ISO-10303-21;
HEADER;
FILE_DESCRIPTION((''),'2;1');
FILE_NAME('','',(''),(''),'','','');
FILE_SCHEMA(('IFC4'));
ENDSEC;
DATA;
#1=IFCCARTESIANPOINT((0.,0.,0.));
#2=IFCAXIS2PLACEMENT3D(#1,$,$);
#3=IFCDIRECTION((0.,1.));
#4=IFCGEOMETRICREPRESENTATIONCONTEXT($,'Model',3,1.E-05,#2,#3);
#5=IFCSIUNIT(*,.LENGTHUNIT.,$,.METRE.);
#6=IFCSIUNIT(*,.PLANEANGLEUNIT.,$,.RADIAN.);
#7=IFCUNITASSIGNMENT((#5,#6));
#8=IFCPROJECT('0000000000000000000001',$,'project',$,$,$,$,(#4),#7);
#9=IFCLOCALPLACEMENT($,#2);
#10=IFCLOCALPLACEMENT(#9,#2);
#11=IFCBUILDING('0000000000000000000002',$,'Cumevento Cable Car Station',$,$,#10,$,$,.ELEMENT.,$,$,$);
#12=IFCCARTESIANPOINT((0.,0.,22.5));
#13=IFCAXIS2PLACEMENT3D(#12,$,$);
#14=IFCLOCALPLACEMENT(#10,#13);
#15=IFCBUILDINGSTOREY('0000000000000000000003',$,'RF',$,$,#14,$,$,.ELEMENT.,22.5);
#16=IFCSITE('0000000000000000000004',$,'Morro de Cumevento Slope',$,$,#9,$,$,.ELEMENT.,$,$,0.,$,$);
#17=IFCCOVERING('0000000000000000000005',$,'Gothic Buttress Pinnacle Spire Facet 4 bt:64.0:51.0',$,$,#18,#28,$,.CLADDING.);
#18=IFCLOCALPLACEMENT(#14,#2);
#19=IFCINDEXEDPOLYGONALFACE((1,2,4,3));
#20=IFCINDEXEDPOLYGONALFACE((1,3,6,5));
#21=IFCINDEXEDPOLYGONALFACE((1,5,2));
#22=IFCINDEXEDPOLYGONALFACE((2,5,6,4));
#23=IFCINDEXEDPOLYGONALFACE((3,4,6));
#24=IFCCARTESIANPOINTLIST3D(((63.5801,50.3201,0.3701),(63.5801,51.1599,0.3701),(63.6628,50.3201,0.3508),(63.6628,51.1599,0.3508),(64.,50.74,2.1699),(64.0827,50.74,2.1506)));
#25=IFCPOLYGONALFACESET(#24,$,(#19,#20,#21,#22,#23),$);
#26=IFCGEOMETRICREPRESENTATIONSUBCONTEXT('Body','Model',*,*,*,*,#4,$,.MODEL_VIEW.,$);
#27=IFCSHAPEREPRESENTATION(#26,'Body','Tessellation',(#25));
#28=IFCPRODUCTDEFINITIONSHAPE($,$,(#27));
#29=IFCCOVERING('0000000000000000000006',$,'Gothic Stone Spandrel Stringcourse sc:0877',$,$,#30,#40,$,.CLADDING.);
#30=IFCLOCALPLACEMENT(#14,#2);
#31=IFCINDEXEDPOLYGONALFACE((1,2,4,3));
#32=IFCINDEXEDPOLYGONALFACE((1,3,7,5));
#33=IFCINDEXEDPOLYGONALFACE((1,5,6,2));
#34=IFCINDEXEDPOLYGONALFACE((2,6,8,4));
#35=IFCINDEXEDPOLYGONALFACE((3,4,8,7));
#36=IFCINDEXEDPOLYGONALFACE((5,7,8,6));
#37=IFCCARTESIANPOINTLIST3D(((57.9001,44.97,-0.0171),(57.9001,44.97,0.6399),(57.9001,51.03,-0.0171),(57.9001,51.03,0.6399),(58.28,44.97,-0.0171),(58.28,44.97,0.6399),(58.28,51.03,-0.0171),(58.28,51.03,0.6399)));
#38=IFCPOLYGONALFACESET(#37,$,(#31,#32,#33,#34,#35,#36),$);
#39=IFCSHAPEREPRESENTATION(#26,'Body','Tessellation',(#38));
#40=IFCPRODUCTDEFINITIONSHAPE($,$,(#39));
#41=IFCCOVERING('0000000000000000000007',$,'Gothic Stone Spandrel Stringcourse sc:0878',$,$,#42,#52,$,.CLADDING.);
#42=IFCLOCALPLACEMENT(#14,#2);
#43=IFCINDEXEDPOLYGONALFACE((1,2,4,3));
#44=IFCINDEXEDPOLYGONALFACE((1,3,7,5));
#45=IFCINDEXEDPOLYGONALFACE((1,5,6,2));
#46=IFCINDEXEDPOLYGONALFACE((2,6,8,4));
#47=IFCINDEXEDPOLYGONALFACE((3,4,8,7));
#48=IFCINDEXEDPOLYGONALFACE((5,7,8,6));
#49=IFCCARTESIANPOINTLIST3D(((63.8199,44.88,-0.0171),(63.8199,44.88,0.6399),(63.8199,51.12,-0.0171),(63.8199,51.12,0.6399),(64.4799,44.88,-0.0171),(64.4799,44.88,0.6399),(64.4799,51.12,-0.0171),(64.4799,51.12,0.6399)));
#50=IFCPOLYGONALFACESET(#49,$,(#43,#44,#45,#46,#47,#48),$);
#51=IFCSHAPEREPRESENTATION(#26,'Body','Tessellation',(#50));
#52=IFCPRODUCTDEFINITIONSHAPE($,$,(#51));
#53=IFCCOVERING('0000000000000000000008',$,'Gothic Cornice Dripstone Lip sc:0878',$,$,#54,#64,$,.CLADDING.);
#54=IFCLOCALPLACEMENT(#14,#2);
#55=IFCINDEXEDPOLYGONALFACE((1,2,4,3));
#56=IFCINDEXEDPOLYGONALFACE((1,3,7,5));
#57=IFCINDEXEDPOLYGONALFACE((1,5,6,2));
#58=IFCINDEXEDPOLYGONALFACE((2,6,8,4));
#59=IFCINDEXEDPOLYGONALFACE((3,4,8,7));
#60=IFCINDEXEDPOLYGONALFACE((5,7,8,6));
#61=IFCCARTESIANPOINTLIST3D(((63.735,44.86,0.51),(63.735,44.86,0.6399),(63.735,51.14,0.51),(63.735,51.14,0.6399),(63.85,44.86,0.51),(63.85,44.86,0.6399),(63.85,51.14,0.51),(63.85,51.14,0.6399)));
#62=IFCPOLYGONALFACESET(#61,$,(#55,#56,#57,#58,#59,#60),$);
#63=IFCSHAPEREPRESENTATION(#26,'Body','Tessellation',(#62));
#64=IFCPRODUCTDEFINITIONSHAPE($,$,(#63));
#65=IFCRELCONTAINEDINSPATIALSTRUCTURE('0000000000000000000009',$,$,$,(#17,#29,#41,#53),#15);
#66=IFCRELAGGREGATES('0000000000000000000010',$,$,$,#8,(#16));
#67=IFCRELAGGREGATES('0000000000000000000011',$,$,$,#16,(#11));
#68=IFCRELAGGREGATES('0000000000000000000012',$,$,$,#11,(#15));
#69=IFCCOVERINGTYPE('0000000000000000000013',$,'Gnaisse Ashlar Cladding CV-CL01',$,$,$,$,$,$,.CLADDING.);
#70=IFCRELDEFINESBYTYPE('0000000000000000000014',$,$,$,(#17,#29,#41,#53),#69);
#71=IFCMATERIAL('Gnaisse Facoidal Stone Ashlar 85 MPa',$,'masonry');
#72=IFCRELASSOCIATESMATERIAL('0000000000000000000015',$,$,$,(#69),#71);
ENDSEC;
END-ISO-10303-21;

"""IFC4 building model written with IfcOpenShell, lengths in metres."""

from ifc_helpers import new_model, si_unit, direction, frame, origin, origin_2d, place, context, subcontext, project, spatial, polyline, rectangle, outline, extrude, material, type_object, element, save


model = new_model("IFC4")

# Units and contexts
model_context = context("Model", 3, precision=1e-05, world=origin(), true_north=direction((0.0, 1.0)))
body_context = subcontext(model_context, "Body", "Model", "MODEL_VIEW")
ifc_project = project(units=[si_unit("LENGTHUNIT", "METRE"), si_unit("PLANEANGLEUNIT", "RADIAN")], contexts=[model_context])

# Site, building, storey
site_placement = place(None, origin())
site = spatial("IfcSite", under=ifc_project, at=site_placement, Name="Morro de Cumevento Slope", CompositionType="ELEMENT", RefElevation=0.0)
building_placement = place(site_placement, origin())
building = spatial("IfcBuilding", under=site, at=building_placement, Name="Cumevento Cable Car Station", CompositionType="ELEMENT")
storey_placement = place(building_placement, frame((0.0, 0.0, 22.5)))
storey = spatial("IfcBuildingStorey", under=building, at=storey_placement, Name="RF", CompositionType="ELEMENT", Elevation=22.5)

# Coverings
ifc_material_1 = material(Name="Gnaisse Facoidal Stone Ashlar 85 MPa", Category="masonry")
covering_type_1 = type_object("IfcCoveringType", Name="Gnaisse Ashlar Cladding CV-CL01", PredefinedType="CLADDING", material=ifc_material_1)
for number, where, z_axis, x_axis, name in (
    (1, (63.5801, 50.3201, 0.3701), (-0.973845, 0.0, 0.227213), (0.0, 1.0, 0.0), "Gothic Buttress Pinnacle Spire Facet 4 bt:64.0:51.0"),
):
    element("IfcCovering", number, at=place(storey_placement, frame(where, z_axis=z_axis, x_axis=x_axis)), inside=storey, type_object=covering_type_1, Name=name, PredefinedType="CLADDING", context=body_context, shape_type="SweptSolid", body=[
        extrude(outline(polyline([(0.0, 0.0), (0.8398, 0.0), (0.4199, -1.8481), (0.0, 0.0)])), origin(), (0.0, 0.0, -1.0), 0.085),
    ])
covering_1_placement = place(storey_placement, frame((58.0901, 48.0, -0.0171), z_axis=(0.0, 0.0, 1.0), x_axis=(0.0, 1.0, 0.0)))
element("IfcCovering", 2, at=covering_1_placement, inside=storey, type_object=covering_type_1, Name="Gothic Stone Spandrel Stringcourse sc:0877", PredefinedType="CLADDING", context=body_context, shape_type="SweptSolid", body=[
    extrude(rectangle(XDim=6.0601, YDim=0.3799, at=origin_2d()), origin(), (0.0, 0.0, 1.0), 0.657),
])
covering_2_placement = place(storey_placement, frame((64.1499, 48.0, -0.0171), z_axis=(0.0, 0.0, 1.0), x_axis=(0.0, 1.0, 0.0)))
element("IfcCovering", 3, at=covering_2_placement, inside=storey, type_object=covering_type_1, Name="Gothic Stone Spandrel Stringcourse sc:0878", PredefinedType="CLADDING", context=body_context, shape_type="SweptSolid", body=[
    extrude(rectangle(XDim=6.24, YDim=0.6599, at=origin_2d()), origin(), (0.0, 0.0, 1.0), 0.657),
])
covering_3_placement = place(storey_placement, frame((63.7925, 48.0, 0.51), z_axis=(0.0, 0.0, 1.0), x_axis=(0.0, 1.0, 0.0)))
element("IfcCovering", 4, at=covering_3_placement, inside=storey, type_object=covering_type_1, Name="Gothic Cornice Dripstone Lip sc:0878", PredefinedType="CLADDING", context=body_context, shape_type="SweptSolid", body=[
    extrude(rectangle(XDim=6.28, YDim=0.115, at=origin_2d()), origin(), (0.0, 0.0, 1.0), 0.1299),
])

save(model, "model.ifc")
